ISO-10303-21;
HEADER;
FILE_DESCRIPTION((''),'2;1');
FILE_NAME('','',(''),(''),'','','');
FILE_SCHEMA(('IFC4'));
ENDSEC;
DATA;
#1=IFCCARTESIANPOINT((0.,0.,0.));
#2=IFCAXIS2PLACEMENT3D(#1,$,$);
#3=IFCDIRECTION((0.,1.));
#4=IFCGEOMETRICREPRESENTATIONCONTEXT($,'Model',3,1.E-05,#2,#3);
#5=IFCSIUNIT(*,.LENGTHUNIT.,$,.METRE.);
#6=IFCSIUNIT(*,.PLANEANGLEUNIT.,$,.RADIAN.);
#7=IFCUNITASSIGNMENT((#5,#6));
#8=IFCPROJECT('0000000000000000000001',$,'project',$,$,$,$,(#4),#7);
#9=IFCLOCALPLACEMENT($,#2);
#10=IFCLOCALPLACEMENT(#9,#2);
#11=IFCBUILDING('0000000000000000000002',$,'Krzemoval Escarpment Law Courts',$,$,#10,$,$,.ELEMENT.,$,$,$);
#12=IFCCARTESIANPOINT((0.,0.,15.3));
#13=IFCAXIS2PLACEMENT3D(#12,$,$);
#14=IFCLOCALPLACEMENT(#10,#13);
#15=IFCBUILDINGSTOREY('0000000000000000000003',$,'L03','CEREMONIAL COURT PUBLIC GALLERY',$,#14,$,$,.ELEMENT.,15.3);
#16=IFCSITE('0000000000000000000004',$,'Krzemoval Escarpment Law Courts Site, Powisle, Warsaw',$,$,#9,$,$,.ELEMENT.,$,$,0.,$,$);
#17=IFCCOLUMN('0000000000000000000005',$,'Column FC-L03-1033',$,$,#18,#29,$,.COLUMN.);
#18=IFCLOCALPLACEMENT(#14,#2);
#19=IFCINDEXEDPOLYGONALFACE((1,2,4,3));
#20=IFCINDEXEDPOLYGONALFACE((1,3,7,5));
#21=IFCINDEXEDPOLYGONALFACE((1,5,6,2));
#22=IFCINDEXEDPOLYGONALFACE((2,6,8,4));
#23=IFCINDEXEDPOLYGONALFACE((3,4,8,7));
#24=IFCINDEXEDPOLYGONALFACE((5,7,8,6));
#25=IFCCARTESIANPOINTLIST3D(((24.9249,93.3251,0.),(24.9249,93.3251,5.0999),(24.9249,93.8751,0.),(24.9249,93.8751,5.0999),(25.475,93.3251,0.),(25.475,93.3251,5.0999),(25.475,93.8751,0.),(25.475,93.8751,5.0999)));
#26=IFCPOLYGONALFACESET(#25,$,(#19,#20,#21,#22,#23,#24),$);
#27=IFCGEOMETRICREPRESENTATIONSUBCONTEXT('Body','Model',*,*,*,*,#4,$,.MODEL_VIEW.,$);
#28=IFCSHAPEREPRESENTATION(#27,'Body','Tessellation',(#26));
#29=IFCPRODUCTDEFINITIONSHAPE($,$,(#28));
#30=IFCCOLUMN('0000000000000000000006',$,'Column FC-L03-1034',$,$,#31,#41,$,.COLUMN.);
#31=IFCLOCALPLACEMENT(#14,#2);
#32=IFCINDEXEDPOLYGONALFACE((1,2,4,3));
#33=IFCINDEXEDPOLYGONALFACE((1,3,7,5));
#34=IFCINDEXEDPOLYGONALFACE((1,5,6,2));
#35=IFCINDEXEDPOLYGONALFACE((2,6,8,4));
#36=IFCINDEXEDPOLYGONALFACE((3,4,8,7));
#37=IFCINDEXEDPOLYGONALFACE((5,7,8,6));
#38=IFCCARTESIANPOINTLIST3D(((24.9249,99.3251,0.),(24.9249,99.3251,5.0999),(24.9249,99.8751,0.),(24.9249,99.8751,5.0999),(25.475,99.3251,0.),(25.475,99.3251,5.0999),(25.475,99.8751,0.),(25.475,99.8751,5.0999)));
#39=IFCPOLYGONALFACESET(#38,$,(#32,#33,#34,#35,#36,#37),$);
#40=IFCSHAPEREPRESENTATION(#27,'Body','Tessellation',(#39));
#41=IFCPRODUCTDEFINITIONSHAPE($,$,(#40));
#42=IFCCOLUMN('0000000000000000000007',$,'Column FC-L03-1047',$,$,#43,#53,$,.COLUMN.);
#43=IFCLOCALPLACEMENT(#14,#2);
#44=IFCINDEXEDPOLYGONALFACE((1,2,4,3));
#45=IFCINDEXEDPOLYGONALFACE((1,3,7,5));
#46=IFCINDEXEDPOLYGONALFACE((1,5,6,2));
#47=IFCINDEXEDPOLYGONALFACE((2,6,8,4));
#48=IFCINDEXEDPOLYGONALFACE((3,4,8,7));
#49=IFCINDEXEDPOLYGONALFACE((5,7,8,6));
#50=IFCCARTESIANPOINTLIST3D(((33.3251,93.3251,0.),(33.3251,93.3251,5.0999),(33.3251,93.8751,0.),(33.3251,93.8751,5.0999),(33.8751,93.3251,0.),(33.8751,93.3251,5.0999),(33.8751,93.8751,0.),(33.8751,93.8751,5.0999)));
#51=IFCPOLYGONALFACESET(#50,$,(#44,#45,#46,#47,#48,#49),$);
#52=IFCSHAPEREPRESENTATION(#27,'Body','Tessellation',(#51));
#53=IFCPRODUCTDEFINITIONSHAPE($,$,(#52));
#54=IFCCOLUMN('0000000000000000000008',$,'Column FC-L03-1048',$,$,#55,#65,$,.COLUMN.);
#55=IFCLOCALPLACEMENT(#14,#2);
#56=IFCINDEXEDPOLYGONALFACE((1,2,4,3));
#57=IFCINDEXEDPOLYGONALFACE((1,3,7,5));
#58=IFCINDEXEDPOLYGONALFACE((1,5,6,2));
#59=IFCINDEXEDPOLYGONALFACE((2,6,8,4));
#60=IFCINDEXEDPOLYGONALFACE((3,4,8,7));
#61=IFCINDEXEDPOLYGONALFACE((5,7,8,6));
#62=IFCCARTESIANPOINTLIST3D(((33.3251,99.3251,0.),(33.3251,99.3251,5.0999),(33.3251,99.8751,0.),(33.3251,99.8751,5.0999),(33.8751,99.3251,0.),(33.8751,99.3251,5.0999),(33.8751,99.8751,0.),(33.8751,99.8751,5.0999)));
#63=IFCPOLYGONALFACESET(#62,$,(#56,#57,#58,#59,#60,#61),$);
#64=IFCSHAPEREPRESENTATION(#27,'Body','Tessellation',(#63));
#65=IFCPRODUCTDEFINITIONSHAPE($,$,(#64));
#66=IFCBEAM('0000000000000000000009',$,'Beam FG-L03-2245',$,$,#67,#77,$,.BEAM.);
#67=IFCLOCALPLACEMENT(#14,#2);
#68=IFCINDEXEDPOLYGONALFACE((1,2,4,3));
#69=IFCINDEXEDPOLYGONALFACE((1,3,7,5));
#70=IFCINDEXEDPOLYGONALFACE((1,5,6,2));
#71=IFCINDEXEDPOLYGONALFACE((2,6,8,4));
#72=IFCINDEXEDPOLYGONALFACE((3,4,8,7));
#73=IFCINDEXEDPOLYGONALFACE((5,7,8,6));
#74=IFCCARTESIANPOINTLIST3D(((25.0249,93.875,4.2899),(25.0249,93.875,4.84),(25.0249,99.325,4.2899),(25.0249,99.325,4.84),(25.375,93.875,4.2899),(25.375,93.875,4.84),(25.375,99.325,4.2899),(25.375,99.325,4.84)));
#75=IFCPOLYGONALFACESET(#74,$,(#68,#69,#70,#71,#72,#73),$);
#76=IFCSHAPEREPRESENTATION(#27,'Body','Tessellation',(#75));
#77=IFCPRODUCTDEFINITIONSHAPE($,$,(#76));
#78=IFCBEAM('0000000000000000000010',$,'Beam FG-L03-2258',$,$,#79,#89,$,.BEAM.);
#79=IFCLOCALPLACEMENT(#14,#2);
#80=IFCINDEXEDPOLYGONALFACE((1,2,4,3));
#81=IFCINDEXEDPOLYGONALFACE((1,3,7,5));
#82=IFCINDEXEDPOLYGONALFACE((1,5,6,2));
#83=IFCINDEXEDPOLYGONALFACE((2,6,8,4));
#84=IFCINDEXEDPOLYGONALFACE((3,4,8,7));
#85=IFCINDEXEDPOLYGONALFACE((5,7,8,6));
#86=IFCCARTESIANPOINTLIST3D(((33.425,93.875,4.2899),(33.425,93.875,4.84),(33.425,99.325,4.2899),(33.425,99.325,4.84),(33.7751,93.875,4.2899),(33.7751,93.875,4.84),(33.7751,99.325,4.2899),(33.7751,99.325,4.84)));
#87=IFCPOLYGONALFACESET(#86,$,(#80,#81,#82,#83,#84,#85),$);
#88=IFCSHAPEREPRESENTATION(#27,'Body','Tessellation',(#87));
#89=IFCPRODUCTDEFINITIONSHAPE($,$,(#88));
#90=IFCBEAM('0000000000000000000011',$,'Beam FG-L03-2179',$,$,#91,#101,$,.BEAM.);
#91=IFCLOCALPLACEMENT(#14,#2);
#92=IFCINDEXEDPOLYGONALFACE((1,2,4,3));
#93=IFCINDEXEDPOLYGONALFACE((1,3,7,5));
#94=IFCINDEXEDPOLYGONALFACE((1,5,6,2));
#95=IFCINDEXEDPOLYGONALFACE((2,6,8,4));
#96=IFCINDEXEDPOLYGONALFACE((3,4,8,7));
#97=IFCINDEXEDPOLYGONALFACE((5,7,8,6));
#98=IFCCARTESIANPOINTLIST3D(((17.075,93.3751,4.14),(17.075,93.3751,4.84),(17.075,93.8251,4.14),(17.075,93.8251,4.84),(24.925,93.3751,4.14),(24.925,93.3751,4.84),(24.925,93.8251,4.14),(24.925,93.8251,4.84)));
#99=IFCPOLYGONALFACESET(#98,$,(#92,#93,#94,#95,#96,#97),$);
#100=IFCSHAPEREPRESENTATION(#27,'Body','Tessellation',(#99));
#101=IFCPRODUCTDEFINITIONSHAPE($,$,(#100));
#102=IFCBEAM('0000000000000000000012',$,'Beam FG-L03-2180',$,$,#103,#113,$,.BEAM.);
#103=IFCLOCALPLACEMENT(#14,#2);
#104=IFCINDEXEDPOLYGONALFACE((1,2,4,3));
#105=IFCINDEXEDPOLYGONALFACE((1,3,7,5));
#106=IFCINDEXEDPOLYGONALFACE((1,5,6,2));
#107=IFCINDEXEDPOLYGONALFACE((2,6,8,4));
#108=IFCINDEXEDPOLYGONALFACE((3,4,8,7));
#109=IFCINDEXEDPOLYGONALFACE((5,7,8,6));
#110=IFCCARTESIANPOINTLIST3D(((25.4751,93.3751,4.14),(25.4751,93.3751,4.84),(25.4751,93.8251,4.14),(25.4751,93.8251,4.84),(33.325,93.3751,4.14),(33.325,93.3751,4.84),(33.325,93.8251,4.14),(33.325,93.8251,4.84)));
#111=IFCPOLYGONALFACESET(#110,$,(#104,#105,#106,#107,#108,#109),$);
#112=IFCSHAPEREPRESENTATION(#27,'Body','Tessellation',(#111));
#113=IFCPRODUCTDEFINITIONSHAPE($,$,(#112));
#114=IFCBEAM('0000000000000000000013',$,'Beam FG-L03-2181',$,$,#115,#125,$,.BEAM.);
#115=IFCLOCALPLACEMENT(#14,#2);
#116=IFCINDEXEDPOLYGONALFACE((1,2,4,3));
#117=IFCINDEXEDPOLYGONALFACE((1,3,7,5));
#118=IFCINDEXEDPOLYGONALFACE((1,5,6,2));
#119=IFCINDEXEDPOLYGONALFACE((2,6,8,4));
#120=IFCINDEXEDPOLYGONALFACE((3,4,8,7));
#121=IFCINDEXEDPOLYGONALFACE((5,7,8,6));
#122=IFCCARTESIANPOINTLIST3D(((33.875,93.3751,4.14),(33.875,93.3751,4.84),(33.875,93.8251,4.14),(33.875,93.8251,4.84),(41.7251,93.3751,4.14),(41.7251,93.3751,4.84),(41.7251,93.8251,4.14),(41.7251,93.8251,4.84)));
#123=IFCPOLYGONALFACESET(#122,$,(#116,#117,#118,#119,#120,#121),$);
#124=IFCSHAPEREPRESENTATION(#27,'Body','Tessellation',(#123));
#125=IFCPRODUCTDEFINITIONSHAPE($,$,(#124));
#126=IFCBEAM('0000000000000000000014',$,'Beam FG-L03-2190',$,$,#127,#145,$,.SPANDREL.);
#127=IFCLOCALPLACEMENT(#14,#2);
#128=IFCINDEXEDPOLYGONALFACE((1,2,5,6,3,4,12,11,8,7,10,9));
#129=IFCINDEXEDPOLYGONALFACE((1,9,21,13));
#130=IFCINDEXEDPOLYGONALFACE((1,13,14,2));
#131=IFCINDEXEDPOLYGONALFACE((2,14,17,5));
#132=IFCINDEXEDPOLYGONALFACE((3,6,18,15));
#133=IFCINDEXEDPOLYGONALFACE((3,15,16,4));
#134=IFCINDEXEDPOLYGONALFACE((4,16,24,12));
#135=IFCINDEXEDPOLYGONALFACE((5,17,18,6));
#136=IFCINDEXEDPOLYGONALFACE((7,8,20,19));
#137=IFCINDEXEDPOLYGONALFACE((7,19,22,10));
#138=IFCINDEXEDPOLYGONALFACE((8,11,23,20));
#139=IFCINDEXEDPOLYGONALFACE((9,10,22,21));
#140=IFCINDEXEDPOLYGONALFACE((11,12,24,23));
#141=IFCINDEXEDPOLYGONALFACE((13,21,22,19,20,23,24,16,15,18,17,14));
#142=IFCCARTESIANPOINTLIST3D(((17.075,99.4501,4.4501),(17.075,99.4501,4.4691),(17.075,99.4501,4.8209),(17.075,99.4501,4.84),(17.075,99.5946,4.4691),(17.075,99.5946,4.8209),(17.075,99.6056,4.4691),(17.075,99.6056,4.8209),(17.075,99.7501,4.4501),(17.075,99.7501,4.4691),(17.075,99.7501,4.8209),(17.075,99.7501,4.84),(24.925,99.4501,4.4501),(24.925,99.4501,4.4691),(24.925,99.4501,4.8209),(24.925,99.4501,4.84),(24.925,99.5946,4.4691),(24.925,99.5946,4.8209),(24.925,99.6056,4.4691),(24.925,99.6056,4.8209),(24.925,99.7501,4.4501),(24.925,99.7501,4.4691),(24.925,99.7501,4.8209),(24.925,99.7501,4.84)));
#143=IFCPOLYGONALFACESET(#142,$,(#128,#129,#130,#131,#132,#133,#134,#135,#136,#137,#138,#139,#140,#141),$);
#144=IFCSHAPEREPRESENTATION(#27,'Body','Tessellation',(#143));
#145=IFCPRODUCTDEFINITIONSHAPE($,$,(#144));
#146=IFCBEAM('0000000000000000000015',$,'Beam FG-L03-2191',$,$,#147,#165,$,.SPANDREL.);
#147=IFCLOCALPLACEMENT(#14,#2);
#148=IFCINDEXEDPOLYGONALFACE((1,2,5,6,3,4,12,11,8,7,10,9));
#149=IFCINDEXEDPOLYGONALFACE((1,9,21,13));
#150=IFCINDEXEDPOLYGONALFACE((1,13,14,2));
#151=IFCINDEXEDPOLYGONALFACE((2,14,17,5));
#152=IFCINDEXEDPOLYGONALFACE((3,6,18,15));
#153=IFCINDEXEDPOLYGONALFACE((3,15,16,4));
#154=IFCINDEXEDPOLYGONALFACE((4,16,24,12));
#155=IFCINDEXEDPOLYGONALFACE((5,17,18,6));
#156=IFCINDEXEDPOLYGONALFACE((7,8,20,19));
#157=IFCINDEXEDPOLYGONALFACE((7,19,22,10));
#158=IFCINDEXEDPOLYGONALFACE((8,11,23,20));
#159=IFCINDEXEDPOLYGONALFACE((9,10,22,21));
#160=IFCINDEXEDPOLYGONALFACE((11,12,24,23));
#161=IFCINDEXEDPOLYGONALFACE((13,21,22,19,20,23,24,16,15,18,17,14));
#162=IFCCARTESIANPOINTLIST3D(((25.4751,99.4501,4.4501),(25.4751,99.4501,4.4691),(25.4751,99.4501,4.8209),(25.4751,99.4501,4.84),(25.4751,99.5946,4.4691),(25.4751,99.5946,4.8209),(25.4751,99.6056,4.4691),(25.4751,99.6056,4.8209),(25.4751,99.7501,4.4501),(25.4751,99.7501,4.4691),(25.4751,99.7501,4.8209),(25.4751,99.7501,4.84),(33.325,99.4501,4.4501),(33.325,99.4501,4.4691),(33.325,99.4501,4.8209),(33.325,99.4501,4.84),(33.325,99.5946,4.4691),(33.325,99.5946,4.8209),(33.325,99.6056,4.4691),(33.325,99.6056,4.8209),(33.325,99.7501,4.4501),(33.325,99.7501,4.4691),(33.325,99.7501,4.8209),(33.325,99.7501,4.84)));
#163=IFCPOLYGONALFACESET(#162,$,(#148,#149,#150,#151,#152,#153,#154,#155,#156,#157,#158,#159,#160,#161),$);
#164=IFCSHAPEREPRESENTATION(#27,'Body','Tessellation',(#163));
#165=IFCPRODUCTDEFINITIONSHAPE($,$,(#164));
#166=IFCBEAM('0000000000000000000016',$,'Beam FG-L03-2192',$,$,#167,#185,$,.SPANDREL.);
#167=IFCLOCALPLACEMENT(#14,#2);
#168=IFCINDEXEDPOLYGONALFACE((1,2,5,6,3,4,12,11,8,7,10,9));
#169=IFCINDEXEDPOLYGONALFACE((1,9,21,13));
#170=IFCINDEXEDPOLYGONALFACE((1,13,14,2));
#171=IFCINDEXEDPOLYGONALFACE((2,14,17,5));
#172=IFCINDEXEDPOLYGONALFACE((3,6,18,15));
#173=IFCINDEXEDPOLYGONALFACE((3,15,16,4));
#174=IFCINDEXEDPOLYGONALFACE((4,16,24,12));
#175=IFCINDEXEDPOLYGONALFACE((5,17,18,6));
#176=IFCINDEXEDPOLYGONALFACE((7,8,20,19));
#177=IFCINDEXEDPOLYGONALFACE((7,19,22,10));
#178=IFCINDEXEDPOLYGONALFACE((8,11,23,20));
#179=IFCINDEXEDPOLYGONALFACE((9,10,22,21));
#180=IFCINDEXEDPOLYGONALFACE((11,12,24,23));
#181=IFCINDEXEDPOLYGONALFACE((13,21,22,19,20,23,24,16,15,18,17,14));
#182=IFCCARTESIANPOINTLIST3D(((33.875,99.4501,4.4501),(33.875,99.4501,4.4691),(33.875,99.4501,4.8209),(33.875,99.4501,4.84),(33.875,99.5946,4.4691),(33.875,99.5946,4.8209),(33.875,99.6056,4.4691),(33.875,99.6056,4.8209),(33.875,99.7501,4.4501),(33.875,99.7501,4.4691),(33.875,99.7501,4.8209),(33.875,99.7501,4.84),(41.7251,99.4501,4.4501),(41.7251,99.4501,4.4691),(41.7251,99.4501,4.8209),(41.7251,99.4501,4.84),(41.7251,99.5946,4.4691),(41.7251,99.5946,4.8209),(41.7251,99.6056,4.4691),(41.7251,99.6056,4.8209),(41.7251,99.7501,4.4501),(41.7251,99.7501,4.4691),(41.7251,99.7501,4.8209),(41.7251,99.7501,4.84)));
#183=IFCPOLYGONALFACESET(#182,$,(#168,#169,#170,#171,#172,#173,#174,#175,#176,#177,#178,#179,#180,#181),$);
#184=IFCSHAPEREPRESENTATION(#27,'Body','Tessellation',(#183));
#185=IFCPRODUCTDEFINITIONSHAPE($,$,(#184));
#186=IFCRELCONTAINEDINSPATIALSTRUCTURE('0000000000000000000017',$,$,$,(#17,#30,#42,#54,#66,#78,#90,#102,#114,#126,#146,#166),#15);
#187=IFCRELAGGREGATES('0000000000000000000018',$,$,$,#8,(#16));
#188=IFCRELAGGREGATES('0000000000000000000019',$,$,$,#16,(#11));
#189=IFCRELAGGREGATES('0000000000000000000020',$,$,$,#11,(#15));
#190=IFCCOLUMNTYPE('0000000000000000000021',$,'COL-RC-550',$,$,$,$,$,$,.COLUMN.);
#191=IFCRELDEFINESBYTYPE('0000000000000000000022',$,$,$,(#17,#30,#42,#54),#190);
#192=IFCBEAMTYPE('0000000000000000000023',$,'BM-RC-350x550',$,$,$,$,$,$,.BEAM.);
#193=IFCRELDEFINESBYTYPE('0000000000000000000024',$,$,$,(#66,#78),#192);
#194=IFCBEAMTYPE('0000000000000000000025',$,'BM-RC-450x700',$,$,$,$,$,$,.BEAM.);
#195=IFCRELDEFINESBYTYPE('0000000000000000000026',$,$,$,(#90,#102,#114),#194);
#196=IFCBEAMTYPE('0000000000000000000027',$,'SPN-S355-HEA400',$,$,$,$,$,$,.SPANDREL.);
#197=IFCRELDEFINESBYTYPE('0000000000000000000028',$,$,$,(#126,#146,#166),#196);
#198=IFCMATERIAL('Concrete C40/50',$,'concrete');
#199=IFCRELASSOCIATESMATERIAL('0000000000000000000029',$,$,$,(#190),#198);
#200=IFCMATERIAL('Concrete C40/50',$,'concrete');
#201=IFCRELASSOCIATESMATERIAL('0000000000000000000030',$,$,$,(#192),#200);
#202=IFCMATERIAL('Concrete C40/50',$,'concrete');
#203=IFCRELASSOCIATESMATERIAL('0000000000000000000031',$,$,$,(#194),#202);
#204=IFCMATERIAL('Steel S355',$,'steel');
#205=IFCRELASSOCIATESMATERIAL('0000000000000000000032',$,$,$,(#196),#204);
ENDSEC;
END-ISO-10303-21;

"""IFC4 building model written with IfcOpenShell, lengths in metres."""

from ifc_helpers import new_model, si_unit, direction, frame, origin, origin_2d, place, context, subcontext, project, spatial, rectangle, i_section, extrude, material, material_profile, profile_set, type_object, element, save


model = new_model("IFC4")

# Units and contexts
model_context = context("Model", 3, precision=1e-05, world=origin(), true_north=direction((0.0, 1.0)))
body_context = subcontext(model_context, "Body", "Model", "MODEL_VIEW")
ifc_project = project(units=[si_unit("LENGTHUNIT", "METRE"), si_unit("PLANEANGLEUNIT", "RADIAN")], contexts=[model_context])

# Site, building, storey
site_placement = place(None, origin())
site = spatial("IfcSite", under=ifc_project, at=site_placement, Name="Krzemoval Escarpment Law Courts Site, Powisle, Warsaw", CompositionType="ELEMENT", RefElevation=0.0)
building_placement = place(site_placement, origin())
building = spatial("IfcBuilding", under=site, at=building_placement, Name="Krzemoval Escarpment Law Courts", CompositionType="ELEMENT")
storey_placement = place(building_placement, frame((0.0, 0.0, 15.3)))
storey = spatial("IfcBuildingStorey", under=building, at=storey_placement, Name="L03", Description="CEREMONIAL COURT PUBLIC GALLERY", CompositionType="ELEMENT", Elevation=15.3)

# Columns
ifc_material_1 = material(Name="Concrete C40/50", Category="concrete")
ifc_material_profile_1 = material_profile(ifc_material_1, rectangle(XDim=0.55, YDim=0.55, at=origin_2d()), Name="RC 550x550")
ifc_profile_set_1 = profile_set([ifc_material_profile_1], Name="Concrete C40/50")
column_type = type_object("IfcColumnType", Name="COL-RC-550", PredefinedType="COLUMN", material=ifc_profile_set_1)
for number, where, z_axis, x_axis, name in (
    (1, (25.2, 93.6001, 0.0), (0.0, 0.0, 1.0), (1.0, 0.0, 0.0), "Column FC-L03-1033"),
    (2, (25.2, 99.6001, 0.0), (0.0, 0.0, 1.0), (1.0, 0.0, 0.0), "Column FC-L03-1034"),
    (3, (33.6001, 93.6001, 0.0), (0.0, 0.0, 1.0), (1.0, 0.0, 0.0), "Column FC-L03-1047"),
    (4, (33.6001, 99.6001, 0.0), (0.0, 0.0, 1.0), (1.0, 0.0, 0.0), "Column FC-L03-1048"),
):
    element("IfcColumn", number, at=place(storey_placement, frame(where, z_axis=z_axis, x_axis=x_axis)), inside=storey, type_object=column_type, Name=name, PredefinedType="COLUMN", context=body_context, shape_type="SweptSolid", body=[
        extrude(rectangle(XDim=0.55, YDim=0.55, at=origin_2d()), origin(), (0.0, 0.0, 1.0), 5.0999),
    ])

# Beams
ifc_material_2 = material(Name="Concrete C40/50", Category="concrete")
ifc_material_profile_2 = material_profile(ifc_material_2, rectangle(XDim=0.3501, YDim=0.55, at=origin_2d()), Name="RCB 350x550")
ifc_profile_set_2 = profile_set([ifc_material_profile_2], Name="Concrete C40/50")
beam_type_1 = type_object("IfcBeamType", Name="BM-RC-350x550", PredefinedType="BEAM", material=ifc_profile_set_2)
for number, where, z_axis, x_axis, name in (
    (5, (25.2, 93.875, 4.5649), (0.0, 1.0, 0.0), (-1.0, 0.0, 0.0), "Beam FG-L03-2245"),
    (6, (33.6001, 93.875, 4.5649), (0.0, 1.0, 0.0), (-1.0, 0.0, 0.0), "Beam FG-L03-2258"),
):
    element("IfcBeam", number, at=place(storey_placement, frame(where, z_axis=z_axis, x_axis=x_axis)), inside=storey, type_object=beam_type_1, Name=name, PredefinedType="BEAM", context=body_context, shape_type="SweptSolid", body=[
        extrude(rectangle(XDim=0.3501, YDim=0.55, at=origin_2d()), origin(), (0.0, 0.0, 1.0), 5.45),
    ])
ifc_material_3 = material(Name="Concrete C40/50", Category="concrete")
ifc_material_profile_3 = material_profile(ifc_material_3, rectangle(XDim=0.45, YDim=0.7, at=origin_2d()), Name="RCB 450x700")
ifc_profile_set_3 = profile_set([ifc_material_profile_3], Name="Concrete C40/50")
beam_type_2 = type_object("IfcBeamType", Name="BM-RC-450x700", PredefinedType="BEAM", material=ifc_profile_set_3)
beam_1_placement = place(storey_placement, frame((17.075, 93.6001, 4.49), z_axis=(1.0, 0.0, 0.0), x_axis=(0.0, 1.0, 0.0)))
element("IfcBeam", 7, at=beam_1_placement, inside=storey, type_object=beam_type_2, Name="Beam FG-L03-2179", PredefinedType="BEAM", context=body_context, shape_type="SweptSolid", body=[
    extrude(rectangle(XDim=0.45, YDim=0.7, at=origin_2d()), origin(), (0.0, 0.0, 1.0), 7.8501),
])
beam_2_placement = place(storey_placement, frame((25.4751, 93.6001, 4.49), z_axis=(1.0, 0.0, 0.0), x_axis=(0.0, 1.0, 0.0)))
element("IfcBeam", 8, at=beam_2_placement, inside=storey, type_object=beam_type_2, Name="Beam FG-L03-2180", PredefinedType="BEAM", context=body_context, shape_type="SweptSolid", body=[
    extrude(rectangle(XDim=0.45, YDim=0.7, at=origin_2d()), origin(), (0.0, 0.0, 1.0), 7.8499),
])
beam_3_placement = place(storey_placement, frame((33.875, 93.6001, 4.49), z_axis=(1.0, 0.0, 0.0), x_axis=(0.0, 1.0, 0.0)))
element("IfcBeam", 9, at=beam_3_placement, inside=storey, type_object=beam_type_2, Name="Beam FG-L03-2181", PredefinedType="BEAM", context=body_context, shape_type="SweptSolid", body=[
    extrude(rectangle(XDim=0.45, YDim=0.7, at=origin_2d()), origin(), (0.0, 0.0, 1.0), 7.8501),
])
ifc_material_4 = material(Name="Steel S355", Category="steel")
ifc_material_profile_4 = material_profile(ifc_material_4, i_section(OverallWidth=0.3, OverallDepth=0.3899, WebThickness=0.011, FlangeThickness=0.019, at=origin_2d()), Name="HEA 400")
ifc_profile_set_4 = profile_set([ifc_material_profile_4], Name="Steel S355")
beam_type_3 = type_object("IfcBeamType", Name="SPN-S355-HEA400", PredefinedType="SPANDREL", material=ifc_profile_set_4)
beam_4_placement = place(storey_placement, frame((17.075, 99.6001, 4.645), z_axis=(1.0, 0.0, 0.0), x_axis=(0.0, 1.0, 0.0)))
element("IfcBeam", 10, at=beam_4_placement, inside=storey, type_object=beam_type_3, Name="Beam FG-L03-2190", PredefinedType="SPANDREL", context=body_context, shape_type="SweptSolid", body=[
    extrude(i_section(OverallWidth=0.3, OverallDepth=0.3899, WebThickness=0.011, FlangeThickness=0.019, at=origin_2d()), origin(), (0.0, 0.0, 1.0), 7.8501),
])
beam_5_placement = place(storey_placement, frame((25.4751, 99.6001, 4.645), z_axis=(1.0, 0.0, 0.0), x_axis=(0.0, 1.0, 0.0)))
element("IfcBeam", 11, at=beam_5_placement, inside=storey, type_object=beam_type_3, Name="Beam FG-L03-2191", PredefinedType="SPANDREL", context=body_context, shape_type="SweptSolid", body=[
    extrude(i_section(OverallWidth=0.3, OverallDepth=0.3899, WebThickness=0.011, FlangeThickness=0.019, at=origin_2d()), origin(), (0.0, 0.0, 1.0), 7.8499),
])
beam_6_placement = place(storey_placement, frame((33.875, 99.6001, 4.645), z_axis=(1.0, 0.0, 0.0), x_axis=(0.0, 1.0, 0.0)))
element("IfcBeam", 12, at=beam_6_placement, inside=storey, type_object=beam_type_3, Name="Beam FG-L03-2192", PredefinedType="SPANDREL", context=body_context, shape_type="SweptSolid", body=[
    extrude(i_section(OverallWidth=0.3, OverallDepth=0.3899, WebThickness=0.011, FlangeThickness=0.019, at=origin_2d()), origin(), (0.0, 0.0, 1.0), 7.8501),
])

save(model, "model.ifc")
